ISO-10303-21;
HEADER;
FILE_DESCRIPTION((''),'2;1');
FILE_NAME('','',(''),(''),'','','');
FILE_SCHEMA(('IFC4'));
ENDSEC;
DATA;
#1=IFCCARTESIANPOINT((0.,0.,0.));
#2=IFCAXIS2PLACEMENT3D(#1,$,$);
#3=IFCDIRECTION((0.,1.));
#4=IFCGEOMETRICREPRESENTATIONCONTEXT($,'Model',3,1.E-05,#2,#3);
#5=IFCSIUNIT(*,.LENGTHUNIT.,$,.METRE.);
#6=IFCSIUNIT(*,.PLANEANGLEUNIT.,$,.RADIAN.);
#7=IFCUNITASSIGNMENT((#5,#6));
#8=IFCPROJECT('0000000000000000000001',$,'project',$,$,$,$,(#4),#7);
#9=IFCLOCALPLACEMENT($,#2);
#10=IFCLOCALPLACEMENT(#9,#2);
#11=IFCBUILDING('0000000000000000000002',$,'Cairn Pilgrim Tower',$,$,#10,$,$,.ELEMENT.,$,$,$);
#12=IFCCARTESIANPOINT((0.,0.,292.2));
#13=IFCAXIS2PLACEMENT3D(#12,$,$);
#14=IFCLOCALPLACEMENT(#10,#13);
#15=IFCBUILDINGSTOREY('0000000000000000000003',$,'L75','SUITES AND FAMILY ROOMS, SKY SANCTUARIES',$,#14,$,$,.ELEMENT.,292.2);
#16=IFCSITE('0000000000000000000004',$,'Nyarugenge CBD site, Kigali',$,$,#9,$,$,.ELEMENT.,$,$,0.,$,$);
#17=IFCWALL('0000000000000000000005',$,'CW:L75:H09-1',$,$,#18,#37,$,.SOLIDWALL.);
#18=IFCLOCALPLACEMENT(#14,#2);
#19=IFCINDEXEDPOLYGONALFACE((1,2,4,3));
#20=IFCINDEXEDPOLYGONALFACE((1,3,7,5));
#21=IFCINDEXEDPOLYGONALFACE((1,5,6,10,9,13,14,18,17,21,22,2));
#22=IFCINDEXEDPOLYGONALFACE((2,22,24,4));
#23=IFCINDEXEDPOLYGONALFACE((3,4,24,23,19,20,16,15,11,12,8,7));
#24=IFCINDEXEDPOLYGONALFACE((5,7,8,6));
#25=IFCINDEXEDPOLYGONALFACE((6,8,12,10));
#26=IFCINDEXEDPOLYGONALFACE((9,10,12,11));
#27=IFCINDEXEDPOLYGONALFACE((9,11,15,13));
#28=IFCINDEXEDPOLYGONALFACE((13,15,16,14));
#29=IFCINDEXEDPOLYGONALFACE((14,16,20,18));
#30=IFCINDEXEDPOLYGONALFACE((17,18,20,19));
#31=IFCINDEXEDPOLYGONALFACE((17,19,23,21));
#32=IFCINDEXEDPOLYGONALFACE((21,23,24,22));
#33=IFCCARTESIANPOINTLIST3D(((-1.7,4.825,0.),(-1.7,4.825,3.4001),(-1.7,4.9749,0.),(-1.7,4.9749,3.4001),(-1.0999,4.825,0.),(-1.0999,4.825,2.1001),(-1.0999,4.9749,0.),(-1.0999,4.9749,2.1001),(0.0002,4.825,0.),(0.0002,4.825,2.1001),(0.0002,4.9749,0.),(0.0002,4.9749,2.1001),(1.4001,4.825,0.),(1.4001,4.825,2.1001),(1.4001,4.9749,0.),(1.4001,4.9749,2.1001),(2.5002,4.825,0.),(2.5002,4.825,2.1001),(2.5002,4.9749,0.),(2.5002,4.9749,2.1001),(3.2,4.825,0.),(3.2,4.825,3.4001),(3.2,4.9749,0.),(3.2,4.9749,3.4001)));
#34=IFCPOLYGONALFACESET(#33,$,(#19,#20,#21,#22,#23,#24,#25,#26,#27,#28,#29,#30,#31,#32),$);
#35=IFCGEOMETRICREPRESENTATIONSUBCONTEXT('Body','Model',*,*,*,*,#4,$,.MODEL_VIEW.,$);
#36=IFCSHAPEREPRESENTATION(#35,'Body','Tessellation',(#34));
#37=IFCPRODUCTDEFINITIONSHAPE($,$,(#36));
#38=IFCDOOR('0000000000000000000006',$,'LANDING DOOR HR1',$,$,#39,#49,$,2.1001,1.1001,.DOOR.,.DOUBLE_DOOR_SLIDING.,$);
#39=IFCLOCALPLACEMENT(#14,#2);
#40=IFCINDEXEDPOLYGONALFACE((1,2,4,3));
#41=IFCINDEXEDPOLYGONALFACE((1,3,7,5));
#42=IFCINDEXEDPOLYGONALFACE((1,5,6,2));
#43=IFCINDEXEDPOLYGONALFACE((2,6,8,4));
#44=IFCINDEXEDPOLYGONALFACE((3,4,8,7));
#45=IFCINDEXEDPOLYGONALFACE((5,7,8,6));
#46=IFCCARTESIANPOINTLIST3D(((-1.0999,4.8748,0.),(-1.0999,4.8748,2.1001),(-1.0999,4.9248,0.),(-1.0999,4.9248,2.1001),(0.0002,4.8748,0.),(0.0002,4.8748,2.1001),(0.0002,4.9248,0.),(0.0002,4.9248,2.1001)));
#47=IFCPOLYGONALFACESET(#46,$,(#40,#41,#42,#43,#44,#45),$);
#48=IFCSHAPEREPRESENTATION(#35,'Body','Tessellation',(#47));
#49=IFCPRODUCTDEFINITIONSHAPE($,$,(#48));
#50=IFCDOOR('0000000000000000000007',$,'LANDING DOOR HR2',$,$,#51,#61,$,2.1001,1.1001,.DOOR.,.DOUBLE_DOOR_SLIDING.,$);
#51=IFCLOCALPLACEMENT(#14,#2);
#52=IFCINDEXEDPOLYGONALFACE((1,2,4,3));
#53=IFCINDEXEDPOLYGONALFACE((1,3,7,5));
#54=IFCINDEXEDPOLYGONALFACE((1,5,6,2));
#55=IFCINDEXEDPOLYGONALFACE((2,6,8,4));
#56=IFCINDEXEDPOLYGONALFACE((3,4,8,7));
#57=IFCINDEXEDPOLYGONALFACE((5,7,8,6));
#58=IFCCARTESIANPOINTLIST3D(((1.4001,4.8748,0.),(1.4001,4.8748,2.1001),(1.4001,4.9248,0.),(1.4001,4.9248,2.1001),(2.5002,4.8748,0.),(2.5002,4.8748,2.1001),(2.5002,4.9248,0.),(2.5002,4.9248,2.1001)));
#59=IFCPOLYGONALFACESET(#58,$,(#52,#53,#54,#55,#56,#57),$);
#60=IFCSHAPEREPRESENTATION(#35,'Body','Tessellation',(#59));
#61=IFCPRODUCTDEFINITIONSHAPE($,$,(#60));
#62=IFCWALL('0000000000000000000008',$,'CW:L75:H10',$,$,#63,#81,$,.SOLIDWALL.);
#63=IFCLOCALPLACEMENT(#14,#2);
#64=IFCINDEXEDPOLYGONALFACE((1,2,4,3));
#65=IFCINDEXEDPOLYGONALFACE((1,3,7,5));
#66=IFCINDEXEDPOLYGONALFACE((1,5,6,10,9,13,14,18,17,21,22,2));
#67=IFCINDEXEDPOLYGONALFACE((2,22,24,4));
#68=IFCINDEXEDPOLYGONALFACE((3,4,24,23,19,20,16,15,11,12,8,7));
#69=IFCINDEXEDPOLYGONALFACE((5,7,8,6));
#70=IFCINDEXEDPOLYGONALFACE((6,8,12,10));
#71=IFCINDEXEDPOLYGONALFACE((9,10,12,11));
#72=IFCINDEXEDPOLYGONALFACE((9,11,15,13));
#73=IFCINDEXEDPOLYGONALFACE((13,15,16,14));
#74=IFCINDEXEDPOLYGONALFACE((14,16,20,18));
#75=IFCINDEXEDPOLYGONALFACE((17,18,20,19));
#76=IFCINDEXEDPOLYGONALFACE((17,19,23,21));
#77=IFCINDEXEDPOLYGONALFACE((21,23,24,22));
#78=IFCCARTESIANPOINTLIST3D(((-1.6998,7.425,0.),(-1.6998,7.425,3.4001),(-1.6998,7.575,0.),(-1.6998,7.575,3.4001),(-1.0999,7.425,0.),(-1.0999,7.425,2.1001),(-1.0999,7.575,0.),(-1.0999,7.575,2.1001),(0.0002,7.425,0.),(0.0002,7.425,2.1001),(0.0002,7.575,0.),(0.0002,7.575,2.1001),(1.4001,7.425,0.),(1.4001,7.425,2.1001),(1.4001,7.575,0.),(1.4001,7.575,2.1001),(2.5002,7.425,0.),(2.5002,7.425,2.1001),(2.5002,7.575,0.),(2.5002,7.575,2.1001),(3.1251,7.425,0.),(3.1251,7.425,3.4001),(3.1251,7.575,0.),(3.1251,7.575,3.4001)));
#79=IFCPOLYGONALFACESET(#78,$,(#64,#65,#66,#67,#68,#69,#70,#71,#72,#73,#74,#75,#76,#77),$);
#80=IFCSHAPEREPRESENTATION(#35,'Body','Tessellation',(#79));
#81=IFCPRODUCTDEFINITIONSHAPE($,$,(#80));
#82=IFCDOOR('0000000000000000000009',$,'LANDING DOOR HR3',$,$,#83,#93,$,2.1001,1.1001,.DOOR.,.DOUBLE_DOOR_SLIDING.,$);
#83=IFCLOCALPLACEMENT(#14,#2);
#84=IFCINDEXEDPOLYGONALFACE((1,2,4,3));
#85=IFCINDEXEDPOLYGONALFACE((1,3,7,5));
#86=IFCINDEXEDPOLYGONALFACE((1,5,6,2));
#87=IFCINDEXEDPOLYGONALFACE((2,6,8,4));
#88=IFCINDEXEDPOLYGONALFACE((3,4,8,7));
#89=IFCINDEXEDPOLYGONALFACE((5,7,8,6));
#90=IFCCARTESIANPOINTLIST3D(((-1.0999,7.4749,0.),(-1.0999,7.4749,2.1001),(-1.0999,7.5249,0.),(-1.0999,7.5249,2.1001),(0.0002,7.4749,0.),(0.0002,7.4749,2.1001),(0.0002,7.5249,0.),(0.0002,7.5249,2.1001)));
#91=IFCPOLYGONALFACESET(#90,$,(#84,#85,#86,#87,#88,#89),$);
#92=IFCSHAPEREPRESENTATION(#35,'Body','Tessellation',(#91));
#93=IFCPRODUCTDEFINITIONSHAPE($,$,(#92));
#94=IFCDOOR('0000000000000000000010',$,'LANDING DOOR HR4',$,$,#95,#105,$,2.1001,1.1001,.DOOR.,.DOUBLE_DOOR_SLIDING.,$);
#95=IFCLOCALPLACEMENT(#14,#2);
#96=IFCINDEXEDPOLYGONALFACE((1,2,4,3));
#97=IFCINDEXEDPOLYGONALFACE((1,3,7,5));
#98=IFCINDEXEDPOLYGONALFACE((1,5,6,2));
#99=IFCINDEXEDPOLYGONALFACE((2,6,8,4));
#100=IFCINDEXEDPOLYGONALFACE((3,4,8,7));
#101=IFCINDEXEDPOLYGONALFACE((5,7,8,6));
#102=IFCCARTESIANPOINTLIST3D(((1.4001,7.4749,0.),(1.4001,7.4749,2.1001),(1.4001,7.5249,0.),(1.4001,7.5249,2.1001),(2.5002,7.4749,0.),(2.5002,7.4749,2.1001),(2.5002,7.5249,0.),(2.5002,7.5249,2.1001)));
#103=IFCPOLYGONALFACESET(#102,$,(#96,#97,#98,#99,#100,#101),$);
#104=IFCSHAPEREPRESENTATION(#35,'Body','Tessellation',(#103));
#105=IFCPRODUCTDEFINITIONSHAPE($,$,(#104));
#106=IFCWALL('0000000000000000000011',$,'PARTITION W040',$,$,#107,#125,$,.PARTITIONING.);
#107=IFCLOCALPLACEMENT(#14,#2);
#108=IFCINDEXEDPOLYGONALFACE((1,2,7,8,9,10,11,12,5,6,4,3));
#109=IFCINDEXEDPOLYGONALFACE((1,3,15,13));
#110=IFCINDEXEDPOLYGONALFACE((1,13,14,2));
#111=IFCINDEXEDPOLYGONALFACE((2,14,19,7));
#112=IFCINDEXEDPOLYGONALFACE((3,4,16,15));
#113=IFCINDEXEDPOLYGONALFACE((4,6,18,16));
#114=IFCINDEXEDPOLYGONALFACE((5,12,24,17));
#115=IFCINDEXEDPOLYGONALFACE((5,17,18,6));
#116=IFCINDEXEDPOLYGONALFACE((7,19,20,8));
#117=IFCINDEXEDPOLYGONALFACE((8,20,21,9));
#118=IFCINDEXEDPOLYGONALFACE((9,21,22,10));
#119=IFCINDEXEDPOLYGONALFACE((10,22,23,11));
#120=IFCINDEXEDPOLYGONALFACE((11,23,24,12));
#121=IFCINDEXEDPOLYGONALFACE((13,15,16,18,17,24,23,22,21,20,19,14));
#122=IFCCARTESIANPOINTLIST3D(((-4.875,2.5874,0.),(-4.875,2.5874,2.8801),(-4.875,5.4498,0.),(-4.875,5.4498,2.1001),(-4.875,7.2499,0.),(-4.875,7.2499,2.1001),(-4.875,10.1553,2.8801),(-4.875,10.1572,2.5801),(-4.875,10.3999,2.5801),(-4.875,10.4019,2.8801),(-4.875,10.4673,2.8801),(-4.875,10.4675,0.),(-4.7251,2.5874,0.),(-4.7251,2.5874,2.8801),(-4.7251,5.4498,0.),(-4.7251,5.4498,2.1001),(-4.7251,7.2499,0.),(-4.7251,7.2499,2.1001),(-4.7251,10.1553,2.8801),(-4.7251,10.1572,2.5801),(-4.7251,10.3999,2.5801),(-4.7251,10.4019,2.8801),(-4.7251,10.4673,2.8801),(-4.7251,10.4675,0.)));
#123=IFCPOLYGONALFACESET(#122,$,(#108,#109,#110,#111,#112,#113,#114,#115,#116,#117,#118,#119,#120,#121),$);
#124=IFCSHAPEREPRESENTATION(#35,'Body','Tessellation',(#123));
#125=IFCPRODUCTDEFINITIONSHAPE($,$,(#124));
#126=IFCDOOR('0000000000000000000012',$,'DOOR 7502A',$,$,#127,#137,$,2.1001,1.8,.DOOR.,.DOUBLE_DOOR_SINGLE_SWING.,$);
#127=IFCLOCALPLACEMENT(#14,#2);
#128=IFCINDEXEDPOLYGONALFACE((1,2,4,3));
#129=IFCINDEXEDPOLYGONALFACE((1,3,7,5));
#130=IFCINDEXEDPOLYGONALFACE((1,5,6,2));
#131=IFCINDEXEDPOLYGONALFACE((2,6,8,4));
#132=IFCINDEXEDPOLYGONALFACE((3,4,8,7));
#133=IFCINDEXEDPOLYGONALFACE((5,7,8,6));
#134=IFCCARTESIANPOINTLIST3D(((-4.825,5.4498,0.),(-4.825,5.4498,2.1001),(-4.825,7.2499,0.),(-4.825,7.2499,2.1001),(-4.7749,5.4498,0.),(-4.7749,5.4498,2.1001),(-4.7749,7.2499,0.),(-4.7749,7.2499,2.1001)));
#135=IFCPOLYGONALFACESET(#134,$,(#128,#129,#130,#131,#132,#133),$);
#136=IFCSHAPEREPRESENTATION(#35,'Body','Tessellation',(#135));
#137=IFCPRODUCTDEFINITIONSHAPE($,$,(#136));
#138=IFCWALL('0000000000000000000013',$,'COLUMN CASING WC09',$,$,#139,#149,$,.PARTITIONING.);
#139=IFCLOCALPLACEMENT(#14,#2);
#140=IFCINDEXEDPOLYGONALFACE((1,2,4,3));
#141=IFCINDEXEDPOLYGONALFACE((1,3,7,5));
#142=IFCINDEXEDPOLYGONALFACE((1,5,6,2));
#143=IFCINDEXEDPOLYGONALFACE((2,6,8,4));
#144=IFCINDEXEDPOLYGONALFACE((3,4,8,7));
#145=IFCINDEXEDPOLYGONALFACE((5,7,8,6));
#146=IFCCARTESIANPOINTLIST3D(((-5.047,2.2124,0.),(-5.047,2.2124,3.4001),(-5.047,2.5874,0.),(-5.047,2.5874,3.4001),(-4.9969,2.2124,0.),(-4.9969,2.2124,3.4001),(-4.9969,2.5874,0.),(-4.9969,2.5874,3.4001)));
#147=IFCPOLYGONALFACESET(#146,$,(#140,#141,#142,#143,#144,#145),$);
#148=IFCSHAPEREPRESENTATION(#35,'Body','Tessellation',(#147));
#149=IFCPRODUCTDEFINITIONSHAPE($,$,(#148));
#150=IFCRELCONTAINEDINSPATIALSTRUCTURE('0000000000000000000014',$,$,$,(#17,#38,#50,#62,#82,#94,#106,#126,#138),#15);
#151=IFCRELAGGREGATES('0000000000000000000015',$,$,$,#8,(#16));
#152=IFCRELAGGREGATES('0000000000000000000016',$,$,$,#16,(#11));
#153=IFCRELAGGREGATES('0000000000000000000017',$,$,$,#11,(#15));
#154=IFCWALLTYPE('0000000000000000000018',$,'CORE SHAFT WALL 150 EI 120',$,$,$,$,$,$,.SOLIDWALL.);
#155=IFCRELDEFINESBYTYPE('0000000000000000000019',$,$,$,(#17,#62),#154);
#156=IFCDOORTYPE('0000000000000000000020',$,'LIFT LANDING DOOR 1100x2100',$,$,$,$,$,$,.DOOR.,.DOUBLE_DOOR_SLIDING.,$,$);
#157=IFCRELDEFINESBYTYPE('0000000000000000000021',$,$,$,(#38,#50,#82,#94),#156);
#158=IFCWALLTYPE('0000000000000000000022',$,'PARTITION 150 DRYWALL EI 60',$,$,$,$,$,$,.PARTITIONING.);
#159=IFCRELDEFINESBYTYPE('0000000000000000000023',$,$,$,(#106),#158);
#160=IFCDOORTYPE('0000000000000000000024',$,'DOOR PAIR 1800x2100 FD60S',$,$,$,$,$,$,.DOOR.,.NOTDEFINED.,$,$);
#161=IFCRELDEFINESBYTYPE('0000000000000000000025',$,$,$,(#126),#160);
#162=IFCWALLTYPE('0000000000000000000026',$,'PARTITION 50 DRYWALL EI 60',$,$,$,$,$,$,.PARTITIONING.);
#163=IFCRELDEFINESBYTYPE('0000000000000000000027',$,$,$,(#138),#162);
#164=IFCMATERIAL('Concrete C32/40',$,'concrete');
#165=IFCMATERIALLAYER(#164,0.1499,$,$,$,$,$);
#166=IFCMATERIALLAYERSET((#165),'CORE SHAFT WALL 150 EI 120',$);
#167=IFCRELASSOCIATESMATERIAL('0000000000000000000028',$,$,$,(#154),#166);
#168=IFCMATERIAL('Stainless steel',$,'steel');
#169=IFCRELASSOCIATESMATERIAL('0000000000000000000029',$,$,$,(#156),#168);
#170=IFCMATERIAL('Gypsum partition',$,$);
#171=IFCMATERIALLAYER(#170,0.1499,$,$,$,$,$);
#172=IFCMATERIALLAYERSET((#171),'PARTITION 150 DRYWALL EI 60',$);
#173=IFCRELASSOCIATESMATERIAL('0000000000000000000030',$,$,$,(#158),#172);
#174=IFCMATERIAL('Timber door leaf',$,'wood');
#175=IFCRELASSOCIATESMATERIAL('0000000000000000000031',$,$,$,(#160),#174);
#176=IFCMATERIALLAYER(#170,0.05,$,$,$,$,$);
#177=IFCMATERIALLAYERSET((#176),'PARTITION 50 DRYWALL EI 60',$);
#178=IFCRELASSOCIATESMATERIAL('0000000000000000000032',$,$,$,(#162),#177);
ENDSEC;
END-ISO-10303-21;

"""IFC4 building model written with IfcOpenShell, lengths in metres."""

from ifc_helpers import new_model, si_unit, direction, frame, frame_2d, origin, place, context, subcontext, project, spatial, polyline, rectangle, outline, extrude, material, layer, layer_set, type_object, element, fill, save


model = new_model("IFC4")

# Units and contexts
model_context = context("Model", 3, precision=1e-05, world=origin(), true_north=direction((0.0, 1.0)))
body_context = subcontext(model_context, "Body", "Model", "MODEL_VIEW")
ifc_project = project(units=[si_unit("LENGTHUNIT", "METRE"), si_unit("PLANEANGLEUNIT", "RADIAN")], contexts=[model_context])

# Site, building, storey
site_placement = place(None, origin())
site = spatial("IfcSite", under=ifc_project, at=site_placement, Name="Nyarugenge CBD site, Kigali", CompositionType="ELEMENT", RefElevation=0.0)
building_placement = place(site_placement, origin())
building = spatial("IfcBuilding", under=site, at=building_placement, Name="Cairn Pilgrim Tower", CompositionType="ELEMENT")
storey_placement = place(building_placement, frame((0.0, 0.0, 292.2)))
storey = spatial("IfcBuildingStorey", under=building, at=storey_placement, Name="L75", Description="SUITES AND FAMILY ROOMS, SKY SANCTUARIES", CompositionType="ELEMENT", Elevation=292.2)

# Shared definitions
ifc_material_1 = material(Name="Concrete C32/40", Category="concrete")

# Shared definitions
ifc_layer_1 = layer(ifc_material_1, 0.1499)
ifc_layer_set_1 = layer_set([ifc_layer_1], Name="CORE SHAFT WALL 150 EI 120")
wall_type_1 = type_object("IfcWallType", Name="CORE SHAFT WALL 150 EI 120", PredefinedType="SOLIDWALL", material=ifc_layer_set_1)

# Walls, openings, doors
wall_1_placement = place(storey_placement, frame((-1.7, 4.8999, 0.0), z_axis=(0.0, 0.0, 1.0), x_axis=(1.0, 0.0, 0.0)))
wall_1 = element("IfcWall", 1, at=wall_1_placement, inside=storey, type_object=wall_type_1, Name="CW:L75:H09-1", PredefinedType="SOLIDWALL", context=body_context, shape_type="SweptSolid", body=[
    extrude(rectangle(XDim=4.8999, YDim=0.1499, at=frame_2d((2.45, 0.0))), origin(), (0.0, 0.0, 1.0), 3.4001),
])
opening_1_placement = place(wall_1_placement, frame((0.6001, 0.0, 0.0)))
opening_1 = element("IfcOpeningElement", 2, at=opening_1_placement, cuts=wall_1, PredefinedType="OPENING", context=body_context, shape_type="SweptSolid", body=[
    extrude(rectangle(XDim=1.1001, YDim=2.1001, at=frame_2d((0.55, 1.05))), frame((0.0, 0.085, 0.0), z_axis=(0.0, -1.0, 0.0), x_axis=(1.0, 0.0, 0.0)), (0.0, 0.0, 1.0), 0.1699),
])
opening_2_placement = place(wall_1_placement, frame((3.1001, 0.0, 0.0)))
opening_2 = element("IfcOpeningElement", 3, at=opening_2_placement, cuts=wall_1, PredefinedType="OPENING", context=body_context, shape_type="SweptSolid", body=[
    extrude(rectangle(XDim=1.1001, YDim=2.1001, at=frame_2d((0.55, 1.05))), frame((0.0, 0.085, 0.0), z_axis=(0.0, -1.0, 0.0), x_axis=(1.0, 0.0, 0.0)), (0.0, 0.0, 1.0), 0.1699),
])
ifc_material_2 = material(Name="Stainless steel", Category="steel")
door_type_1 = type_object("IfcDoorType", Name="LIFT LANDING DOOR 1100x2100", OperationType="DOUBLE_DOOR_SLIDING", PredefinedType="DOOR", material=ifc_material_2)
door_1_placement = place(opening_1_placement, origin())
door_1 = element("IfcDoor", 4, at=door_1_placement, inside=storey, type_object=door_type_1, Name="LANDING DOOR HR1", OperationType="DOUBLE_DOOR_SLIDING", OverallHeight=2.1001, OverallWidth=1.1001, PredefinedType="DOOR", context=body_context, shape_type="SweptSolid", body=[
    extrude(rectangle(XDim=1.1001, YDim=2.1001, at=frame_2d((0.55, 1.05))), frame((0.0, 0.0249, 0.0), z_axis=(0.0, -1.0, 0.0), x_axis=(1.0, 0.0, 0.0)), (0.0, 0.0, 1.0), 0.05),
])
fill(opening_1, door_1)
door_2_placement = place(opening_2_placement, origin())
door_2 = element("IfcDoor", 5, at=door_2_placement, inside=storey, type_object=door_type_1, Name="LANDING DOOR HR2", OperationType="DOUBLE_DOOR_SLIDING", OverallHeight=2.1001, OverallWidth=1.1001, PredefinedType="DOOR", context=body_context, shape_type="SweptSolid", body=[
    extrude(rectangle(XDim=1.1001, YDim=2.1001, at=frame_2d((0.55, 1.05))), frame((0.0, 0.0249, 0.0), z_axis=(0.0, -1.0, 0.0), x_axis=(1.0, 0.0, 0.0)), (0.0, 0.0, 1.0), 0.05),
])
fill(opening_2, door_2)
wall_2_placement = place(storey_placement, frame((-1.7, 7.5, 0.0), z_axis=(0.0, 0.0, 1.0), x_axis=(1.0, 0.0, 0.0)))
wall_2 = element("IfcWall", 6, at=wall_2_placement, inside=storey, type_object=wall_type_1, Name="CW:L75:H10", PredefinedType="SOLIDWALL", context=body_context, shape_type="SweptSolid", body=[
    extrude(rectangle(XDim=4.825, YDim=0.1499, at=frame_2d((2.4126, 0.0))), origin(), (0.0, 0.0, 1.0), 3.4001),
])
opening_3_placement = place(wall_2_placement, frame((0.6001, 0.0, 0.0)))
opening_3 = element("IfcOpeningElement", 7, at=opening_3_placement, cuts=wall_2, PredefinedType="OPENING", context=body_context, shape_type="SweptSolid", body=[
    extrude(rectangle(XDim=1.1001, YDim=2.1001, at=frame_2d((0.55, 1.05))), frame((0.0, 0.085, 0.0), z_axis=(0.0, -1.0, 0.0), x_axis=(1.0, 0.0, 0.0)), (0.0, 0.0, 1.0), 0.1699),
])
opening_4_placement = place(wall_2_placement, frame((3.1001, 0.0, 0.0)))
opening_4 = element("IfcOpeningElement", 8, at=opening_4_placement, cuts=wall_2, PredefinedType="OPENING", context=body_context, shape_type="SweptSolid", body=[
    extrude(rectangle(XDim=1.1001, YDim=2.1001, at=frame_2d((0.55, 1.05))), frame((0.0, 0.085, 0.0), z_axis=(0.0, -1.0, 0.0), x_axis=(1.0, 0.0, 0.0)), (0.0, 0.0, 1.0), 0.1699),
])
door_3_placement = place(opening_3_placement, origin())
door_3 = element("IfcDoor", 9, at=door_3_placement, inside=storey, type_object=door_type_1, Name="LANDING DOOR HR3", OperationType="DOUBLE_DOOR_SLIDING", OverallHeight=2.1001, OverallWidth=1.1001, PredefinedType="DOOR", context=body_context, shape_type="SweptSolid", body=[
    extrude(rectangle(XDim=1.1001, YDim=2.1001, at=frame_2d((0.55, 1.05))), frame((0.0, 0.0249, 0.0), z_axis=(0.0, -1.0, 0.0), x_axis=(1.0, 0.0, 0.0)), (0.0, 0.0, 1.0), 0.05),
])
fill(opening_3, door_3)
door_4_placement = place(opening_4_placement, origin())
door_4 = element("IfcDoor", 10, at=door_4_placement, inside=storey, type_object=door_type_1, Name="LANDING DOOR HR4", OperationType="DOUBLE_DOOR_SLIDING", OverallHeight=2.1001, OverallWidth=1.1001, PredefinedType="DOOR", context=body_context, shape_type="SweptSolid", body=[
    extrude(rectangle(XDim=1.1001, YDim=2.1001, at=frame_2d((0.55, 1.05))), frame((0.0, 0.0249, 0.0), z_axis=(0.0, -1.0, 0.0), x_axis=(1.0, 0.0, 0.0)), (0.0, 0.0, 1.0), 0.05),
])
fill(opening_4, door_4)

# Wall, opening, door
ifc_material_3 = material(Name="Gypsum partition")
ifc_layer_2 = layer(ifc_material_3, 0.1499)
ifc_layer_set_2 = layer_set([ifc_layer_2], Name="PARTITION 150 DRYWALL EI 60")
wall_type_2 = type_object("IfcWallType", Name="PARTITION 150 DRYWALL EI 60", PredefinedType="PARTITIONING", material=ifc_layer_set_2)
wall_3_placement = place(storey_placement, frame((-4.8, 2.5874, 0.0), z_axis=(0.0, 0.0, 1.0), x_axis=(0.0, 1.0, 0.0)))
wall_3 = element("IfcWall", 11, at=wall_3_placement, inside=storey, type_object=wall_type_2, Name="PARTITION W040", PredefinedType="PARTITIONING", context=body_context, shape_type="SweptSolid", body=[
    extrude(outline(polyline([(0.0, 0.0), (7.8801, 0.0), (7.8799, 2.8801), (7.8145, 2.8801), (7.8125, 2.5801), (7.5698, 2.5801), (7.5679, 2.8801), (0.0, 2.8801), (0.0, 0.0)])), frame((0.0, 0.075, 0.0), z_axis=(0.0, -1.0, 0.0), x_axis=(1.0, 0.0, 0.0)), (0.0, 0.0, 1.0), 0.1499),
])
opening_5_placement = place(wall_3_placement, frame((2.8625, 0.0, 0.0)))
opening_5 = element("IfcOpeningElement", 12, at=opening_5_placement, cuts=wall_3, PredefinedType="OPENING", context=body_context, shape_type="SweptSolid", body=[
    extrude(rectangle(XDim=1.8, YDim=2.1001, at=frame_2d((0.8999, 1.05))), frame((0.0, 0.085, 0.0), z_axis=(0.0, -1.0, 0.0), x_axis=(1.0, 0.0, 0.0)), (0.0, 0.0, 1.0), 0.1699),
])
ifc_material_4 = material(Name="Timber door leaf", Category="wood")
door_type_2 = type_object("IfcDoorType", Name="DOOR PAIR 1800x2100 FD60S", OperationType="NOTDEFINED", PredefinedType="DOOR", material=ifc_material_4)
door_5_placement = place(opening_5_placement, origin())
door_5 = element("IfcDoor", 13, at=door_5_placement, inside=storey, type_object=door_type_2, Name="DOOR 7502A", OperationType="DOUBLE_DOOR_SINGLE_SWING", OverallHeight=2.1001, OverallWidth=1.8, PredefinedType="DOOR", context=body_context, shape_type="SweptSolid", body=[
    extrude(rectangle(XDim=1.8, YDim=2.1001, at=frame_2d((0.8999, 1.05))), frame((0.0, 0.0249, 0.0), z_axis=(0.0, -1.0, 0.0), x_axis=(1.0, 0.0, 0.0)), (0.0, 0.0, 1.0), 0.05),
])
fill(opening_5, door_5)

# Wall
ifc_layer_3 = layer(ifc_material_3, 0.05)
ifc_layer_set_3 = layer_set([ifc_layer_3], Name="PARTITION 50 DRYWALL EI 60")
wall_type_3 = type_object("IfcWallType", Name="PARTITION 50 DRYWALL EI 60", PredefinedType="PARTITIONING", material=ifc_layer_set_3)
wall_4_placement = place(storey_placement, frame((-5.022, 2.2124, 0.0), z_axis=(0.0, 0.0, 1.0), x_axis=(0.0, 1.0, 0.0)))
element("IfcWall", 14, at=wall_4_placement, inside=storey, type_object=wall_type_3, Name="COLUMN CASING WC09", PredefinedType="PARTITIONING", context=body_context, shape_type="SweptSolid", body=[
    extrude(rectangle(XDim=0.375, YDim=0.05, at=frame_2d((0.1875, 0.0))), origin(), (0.0, 0.0, 1.0), 3.4001),
])

save(model, "model.ifc")
